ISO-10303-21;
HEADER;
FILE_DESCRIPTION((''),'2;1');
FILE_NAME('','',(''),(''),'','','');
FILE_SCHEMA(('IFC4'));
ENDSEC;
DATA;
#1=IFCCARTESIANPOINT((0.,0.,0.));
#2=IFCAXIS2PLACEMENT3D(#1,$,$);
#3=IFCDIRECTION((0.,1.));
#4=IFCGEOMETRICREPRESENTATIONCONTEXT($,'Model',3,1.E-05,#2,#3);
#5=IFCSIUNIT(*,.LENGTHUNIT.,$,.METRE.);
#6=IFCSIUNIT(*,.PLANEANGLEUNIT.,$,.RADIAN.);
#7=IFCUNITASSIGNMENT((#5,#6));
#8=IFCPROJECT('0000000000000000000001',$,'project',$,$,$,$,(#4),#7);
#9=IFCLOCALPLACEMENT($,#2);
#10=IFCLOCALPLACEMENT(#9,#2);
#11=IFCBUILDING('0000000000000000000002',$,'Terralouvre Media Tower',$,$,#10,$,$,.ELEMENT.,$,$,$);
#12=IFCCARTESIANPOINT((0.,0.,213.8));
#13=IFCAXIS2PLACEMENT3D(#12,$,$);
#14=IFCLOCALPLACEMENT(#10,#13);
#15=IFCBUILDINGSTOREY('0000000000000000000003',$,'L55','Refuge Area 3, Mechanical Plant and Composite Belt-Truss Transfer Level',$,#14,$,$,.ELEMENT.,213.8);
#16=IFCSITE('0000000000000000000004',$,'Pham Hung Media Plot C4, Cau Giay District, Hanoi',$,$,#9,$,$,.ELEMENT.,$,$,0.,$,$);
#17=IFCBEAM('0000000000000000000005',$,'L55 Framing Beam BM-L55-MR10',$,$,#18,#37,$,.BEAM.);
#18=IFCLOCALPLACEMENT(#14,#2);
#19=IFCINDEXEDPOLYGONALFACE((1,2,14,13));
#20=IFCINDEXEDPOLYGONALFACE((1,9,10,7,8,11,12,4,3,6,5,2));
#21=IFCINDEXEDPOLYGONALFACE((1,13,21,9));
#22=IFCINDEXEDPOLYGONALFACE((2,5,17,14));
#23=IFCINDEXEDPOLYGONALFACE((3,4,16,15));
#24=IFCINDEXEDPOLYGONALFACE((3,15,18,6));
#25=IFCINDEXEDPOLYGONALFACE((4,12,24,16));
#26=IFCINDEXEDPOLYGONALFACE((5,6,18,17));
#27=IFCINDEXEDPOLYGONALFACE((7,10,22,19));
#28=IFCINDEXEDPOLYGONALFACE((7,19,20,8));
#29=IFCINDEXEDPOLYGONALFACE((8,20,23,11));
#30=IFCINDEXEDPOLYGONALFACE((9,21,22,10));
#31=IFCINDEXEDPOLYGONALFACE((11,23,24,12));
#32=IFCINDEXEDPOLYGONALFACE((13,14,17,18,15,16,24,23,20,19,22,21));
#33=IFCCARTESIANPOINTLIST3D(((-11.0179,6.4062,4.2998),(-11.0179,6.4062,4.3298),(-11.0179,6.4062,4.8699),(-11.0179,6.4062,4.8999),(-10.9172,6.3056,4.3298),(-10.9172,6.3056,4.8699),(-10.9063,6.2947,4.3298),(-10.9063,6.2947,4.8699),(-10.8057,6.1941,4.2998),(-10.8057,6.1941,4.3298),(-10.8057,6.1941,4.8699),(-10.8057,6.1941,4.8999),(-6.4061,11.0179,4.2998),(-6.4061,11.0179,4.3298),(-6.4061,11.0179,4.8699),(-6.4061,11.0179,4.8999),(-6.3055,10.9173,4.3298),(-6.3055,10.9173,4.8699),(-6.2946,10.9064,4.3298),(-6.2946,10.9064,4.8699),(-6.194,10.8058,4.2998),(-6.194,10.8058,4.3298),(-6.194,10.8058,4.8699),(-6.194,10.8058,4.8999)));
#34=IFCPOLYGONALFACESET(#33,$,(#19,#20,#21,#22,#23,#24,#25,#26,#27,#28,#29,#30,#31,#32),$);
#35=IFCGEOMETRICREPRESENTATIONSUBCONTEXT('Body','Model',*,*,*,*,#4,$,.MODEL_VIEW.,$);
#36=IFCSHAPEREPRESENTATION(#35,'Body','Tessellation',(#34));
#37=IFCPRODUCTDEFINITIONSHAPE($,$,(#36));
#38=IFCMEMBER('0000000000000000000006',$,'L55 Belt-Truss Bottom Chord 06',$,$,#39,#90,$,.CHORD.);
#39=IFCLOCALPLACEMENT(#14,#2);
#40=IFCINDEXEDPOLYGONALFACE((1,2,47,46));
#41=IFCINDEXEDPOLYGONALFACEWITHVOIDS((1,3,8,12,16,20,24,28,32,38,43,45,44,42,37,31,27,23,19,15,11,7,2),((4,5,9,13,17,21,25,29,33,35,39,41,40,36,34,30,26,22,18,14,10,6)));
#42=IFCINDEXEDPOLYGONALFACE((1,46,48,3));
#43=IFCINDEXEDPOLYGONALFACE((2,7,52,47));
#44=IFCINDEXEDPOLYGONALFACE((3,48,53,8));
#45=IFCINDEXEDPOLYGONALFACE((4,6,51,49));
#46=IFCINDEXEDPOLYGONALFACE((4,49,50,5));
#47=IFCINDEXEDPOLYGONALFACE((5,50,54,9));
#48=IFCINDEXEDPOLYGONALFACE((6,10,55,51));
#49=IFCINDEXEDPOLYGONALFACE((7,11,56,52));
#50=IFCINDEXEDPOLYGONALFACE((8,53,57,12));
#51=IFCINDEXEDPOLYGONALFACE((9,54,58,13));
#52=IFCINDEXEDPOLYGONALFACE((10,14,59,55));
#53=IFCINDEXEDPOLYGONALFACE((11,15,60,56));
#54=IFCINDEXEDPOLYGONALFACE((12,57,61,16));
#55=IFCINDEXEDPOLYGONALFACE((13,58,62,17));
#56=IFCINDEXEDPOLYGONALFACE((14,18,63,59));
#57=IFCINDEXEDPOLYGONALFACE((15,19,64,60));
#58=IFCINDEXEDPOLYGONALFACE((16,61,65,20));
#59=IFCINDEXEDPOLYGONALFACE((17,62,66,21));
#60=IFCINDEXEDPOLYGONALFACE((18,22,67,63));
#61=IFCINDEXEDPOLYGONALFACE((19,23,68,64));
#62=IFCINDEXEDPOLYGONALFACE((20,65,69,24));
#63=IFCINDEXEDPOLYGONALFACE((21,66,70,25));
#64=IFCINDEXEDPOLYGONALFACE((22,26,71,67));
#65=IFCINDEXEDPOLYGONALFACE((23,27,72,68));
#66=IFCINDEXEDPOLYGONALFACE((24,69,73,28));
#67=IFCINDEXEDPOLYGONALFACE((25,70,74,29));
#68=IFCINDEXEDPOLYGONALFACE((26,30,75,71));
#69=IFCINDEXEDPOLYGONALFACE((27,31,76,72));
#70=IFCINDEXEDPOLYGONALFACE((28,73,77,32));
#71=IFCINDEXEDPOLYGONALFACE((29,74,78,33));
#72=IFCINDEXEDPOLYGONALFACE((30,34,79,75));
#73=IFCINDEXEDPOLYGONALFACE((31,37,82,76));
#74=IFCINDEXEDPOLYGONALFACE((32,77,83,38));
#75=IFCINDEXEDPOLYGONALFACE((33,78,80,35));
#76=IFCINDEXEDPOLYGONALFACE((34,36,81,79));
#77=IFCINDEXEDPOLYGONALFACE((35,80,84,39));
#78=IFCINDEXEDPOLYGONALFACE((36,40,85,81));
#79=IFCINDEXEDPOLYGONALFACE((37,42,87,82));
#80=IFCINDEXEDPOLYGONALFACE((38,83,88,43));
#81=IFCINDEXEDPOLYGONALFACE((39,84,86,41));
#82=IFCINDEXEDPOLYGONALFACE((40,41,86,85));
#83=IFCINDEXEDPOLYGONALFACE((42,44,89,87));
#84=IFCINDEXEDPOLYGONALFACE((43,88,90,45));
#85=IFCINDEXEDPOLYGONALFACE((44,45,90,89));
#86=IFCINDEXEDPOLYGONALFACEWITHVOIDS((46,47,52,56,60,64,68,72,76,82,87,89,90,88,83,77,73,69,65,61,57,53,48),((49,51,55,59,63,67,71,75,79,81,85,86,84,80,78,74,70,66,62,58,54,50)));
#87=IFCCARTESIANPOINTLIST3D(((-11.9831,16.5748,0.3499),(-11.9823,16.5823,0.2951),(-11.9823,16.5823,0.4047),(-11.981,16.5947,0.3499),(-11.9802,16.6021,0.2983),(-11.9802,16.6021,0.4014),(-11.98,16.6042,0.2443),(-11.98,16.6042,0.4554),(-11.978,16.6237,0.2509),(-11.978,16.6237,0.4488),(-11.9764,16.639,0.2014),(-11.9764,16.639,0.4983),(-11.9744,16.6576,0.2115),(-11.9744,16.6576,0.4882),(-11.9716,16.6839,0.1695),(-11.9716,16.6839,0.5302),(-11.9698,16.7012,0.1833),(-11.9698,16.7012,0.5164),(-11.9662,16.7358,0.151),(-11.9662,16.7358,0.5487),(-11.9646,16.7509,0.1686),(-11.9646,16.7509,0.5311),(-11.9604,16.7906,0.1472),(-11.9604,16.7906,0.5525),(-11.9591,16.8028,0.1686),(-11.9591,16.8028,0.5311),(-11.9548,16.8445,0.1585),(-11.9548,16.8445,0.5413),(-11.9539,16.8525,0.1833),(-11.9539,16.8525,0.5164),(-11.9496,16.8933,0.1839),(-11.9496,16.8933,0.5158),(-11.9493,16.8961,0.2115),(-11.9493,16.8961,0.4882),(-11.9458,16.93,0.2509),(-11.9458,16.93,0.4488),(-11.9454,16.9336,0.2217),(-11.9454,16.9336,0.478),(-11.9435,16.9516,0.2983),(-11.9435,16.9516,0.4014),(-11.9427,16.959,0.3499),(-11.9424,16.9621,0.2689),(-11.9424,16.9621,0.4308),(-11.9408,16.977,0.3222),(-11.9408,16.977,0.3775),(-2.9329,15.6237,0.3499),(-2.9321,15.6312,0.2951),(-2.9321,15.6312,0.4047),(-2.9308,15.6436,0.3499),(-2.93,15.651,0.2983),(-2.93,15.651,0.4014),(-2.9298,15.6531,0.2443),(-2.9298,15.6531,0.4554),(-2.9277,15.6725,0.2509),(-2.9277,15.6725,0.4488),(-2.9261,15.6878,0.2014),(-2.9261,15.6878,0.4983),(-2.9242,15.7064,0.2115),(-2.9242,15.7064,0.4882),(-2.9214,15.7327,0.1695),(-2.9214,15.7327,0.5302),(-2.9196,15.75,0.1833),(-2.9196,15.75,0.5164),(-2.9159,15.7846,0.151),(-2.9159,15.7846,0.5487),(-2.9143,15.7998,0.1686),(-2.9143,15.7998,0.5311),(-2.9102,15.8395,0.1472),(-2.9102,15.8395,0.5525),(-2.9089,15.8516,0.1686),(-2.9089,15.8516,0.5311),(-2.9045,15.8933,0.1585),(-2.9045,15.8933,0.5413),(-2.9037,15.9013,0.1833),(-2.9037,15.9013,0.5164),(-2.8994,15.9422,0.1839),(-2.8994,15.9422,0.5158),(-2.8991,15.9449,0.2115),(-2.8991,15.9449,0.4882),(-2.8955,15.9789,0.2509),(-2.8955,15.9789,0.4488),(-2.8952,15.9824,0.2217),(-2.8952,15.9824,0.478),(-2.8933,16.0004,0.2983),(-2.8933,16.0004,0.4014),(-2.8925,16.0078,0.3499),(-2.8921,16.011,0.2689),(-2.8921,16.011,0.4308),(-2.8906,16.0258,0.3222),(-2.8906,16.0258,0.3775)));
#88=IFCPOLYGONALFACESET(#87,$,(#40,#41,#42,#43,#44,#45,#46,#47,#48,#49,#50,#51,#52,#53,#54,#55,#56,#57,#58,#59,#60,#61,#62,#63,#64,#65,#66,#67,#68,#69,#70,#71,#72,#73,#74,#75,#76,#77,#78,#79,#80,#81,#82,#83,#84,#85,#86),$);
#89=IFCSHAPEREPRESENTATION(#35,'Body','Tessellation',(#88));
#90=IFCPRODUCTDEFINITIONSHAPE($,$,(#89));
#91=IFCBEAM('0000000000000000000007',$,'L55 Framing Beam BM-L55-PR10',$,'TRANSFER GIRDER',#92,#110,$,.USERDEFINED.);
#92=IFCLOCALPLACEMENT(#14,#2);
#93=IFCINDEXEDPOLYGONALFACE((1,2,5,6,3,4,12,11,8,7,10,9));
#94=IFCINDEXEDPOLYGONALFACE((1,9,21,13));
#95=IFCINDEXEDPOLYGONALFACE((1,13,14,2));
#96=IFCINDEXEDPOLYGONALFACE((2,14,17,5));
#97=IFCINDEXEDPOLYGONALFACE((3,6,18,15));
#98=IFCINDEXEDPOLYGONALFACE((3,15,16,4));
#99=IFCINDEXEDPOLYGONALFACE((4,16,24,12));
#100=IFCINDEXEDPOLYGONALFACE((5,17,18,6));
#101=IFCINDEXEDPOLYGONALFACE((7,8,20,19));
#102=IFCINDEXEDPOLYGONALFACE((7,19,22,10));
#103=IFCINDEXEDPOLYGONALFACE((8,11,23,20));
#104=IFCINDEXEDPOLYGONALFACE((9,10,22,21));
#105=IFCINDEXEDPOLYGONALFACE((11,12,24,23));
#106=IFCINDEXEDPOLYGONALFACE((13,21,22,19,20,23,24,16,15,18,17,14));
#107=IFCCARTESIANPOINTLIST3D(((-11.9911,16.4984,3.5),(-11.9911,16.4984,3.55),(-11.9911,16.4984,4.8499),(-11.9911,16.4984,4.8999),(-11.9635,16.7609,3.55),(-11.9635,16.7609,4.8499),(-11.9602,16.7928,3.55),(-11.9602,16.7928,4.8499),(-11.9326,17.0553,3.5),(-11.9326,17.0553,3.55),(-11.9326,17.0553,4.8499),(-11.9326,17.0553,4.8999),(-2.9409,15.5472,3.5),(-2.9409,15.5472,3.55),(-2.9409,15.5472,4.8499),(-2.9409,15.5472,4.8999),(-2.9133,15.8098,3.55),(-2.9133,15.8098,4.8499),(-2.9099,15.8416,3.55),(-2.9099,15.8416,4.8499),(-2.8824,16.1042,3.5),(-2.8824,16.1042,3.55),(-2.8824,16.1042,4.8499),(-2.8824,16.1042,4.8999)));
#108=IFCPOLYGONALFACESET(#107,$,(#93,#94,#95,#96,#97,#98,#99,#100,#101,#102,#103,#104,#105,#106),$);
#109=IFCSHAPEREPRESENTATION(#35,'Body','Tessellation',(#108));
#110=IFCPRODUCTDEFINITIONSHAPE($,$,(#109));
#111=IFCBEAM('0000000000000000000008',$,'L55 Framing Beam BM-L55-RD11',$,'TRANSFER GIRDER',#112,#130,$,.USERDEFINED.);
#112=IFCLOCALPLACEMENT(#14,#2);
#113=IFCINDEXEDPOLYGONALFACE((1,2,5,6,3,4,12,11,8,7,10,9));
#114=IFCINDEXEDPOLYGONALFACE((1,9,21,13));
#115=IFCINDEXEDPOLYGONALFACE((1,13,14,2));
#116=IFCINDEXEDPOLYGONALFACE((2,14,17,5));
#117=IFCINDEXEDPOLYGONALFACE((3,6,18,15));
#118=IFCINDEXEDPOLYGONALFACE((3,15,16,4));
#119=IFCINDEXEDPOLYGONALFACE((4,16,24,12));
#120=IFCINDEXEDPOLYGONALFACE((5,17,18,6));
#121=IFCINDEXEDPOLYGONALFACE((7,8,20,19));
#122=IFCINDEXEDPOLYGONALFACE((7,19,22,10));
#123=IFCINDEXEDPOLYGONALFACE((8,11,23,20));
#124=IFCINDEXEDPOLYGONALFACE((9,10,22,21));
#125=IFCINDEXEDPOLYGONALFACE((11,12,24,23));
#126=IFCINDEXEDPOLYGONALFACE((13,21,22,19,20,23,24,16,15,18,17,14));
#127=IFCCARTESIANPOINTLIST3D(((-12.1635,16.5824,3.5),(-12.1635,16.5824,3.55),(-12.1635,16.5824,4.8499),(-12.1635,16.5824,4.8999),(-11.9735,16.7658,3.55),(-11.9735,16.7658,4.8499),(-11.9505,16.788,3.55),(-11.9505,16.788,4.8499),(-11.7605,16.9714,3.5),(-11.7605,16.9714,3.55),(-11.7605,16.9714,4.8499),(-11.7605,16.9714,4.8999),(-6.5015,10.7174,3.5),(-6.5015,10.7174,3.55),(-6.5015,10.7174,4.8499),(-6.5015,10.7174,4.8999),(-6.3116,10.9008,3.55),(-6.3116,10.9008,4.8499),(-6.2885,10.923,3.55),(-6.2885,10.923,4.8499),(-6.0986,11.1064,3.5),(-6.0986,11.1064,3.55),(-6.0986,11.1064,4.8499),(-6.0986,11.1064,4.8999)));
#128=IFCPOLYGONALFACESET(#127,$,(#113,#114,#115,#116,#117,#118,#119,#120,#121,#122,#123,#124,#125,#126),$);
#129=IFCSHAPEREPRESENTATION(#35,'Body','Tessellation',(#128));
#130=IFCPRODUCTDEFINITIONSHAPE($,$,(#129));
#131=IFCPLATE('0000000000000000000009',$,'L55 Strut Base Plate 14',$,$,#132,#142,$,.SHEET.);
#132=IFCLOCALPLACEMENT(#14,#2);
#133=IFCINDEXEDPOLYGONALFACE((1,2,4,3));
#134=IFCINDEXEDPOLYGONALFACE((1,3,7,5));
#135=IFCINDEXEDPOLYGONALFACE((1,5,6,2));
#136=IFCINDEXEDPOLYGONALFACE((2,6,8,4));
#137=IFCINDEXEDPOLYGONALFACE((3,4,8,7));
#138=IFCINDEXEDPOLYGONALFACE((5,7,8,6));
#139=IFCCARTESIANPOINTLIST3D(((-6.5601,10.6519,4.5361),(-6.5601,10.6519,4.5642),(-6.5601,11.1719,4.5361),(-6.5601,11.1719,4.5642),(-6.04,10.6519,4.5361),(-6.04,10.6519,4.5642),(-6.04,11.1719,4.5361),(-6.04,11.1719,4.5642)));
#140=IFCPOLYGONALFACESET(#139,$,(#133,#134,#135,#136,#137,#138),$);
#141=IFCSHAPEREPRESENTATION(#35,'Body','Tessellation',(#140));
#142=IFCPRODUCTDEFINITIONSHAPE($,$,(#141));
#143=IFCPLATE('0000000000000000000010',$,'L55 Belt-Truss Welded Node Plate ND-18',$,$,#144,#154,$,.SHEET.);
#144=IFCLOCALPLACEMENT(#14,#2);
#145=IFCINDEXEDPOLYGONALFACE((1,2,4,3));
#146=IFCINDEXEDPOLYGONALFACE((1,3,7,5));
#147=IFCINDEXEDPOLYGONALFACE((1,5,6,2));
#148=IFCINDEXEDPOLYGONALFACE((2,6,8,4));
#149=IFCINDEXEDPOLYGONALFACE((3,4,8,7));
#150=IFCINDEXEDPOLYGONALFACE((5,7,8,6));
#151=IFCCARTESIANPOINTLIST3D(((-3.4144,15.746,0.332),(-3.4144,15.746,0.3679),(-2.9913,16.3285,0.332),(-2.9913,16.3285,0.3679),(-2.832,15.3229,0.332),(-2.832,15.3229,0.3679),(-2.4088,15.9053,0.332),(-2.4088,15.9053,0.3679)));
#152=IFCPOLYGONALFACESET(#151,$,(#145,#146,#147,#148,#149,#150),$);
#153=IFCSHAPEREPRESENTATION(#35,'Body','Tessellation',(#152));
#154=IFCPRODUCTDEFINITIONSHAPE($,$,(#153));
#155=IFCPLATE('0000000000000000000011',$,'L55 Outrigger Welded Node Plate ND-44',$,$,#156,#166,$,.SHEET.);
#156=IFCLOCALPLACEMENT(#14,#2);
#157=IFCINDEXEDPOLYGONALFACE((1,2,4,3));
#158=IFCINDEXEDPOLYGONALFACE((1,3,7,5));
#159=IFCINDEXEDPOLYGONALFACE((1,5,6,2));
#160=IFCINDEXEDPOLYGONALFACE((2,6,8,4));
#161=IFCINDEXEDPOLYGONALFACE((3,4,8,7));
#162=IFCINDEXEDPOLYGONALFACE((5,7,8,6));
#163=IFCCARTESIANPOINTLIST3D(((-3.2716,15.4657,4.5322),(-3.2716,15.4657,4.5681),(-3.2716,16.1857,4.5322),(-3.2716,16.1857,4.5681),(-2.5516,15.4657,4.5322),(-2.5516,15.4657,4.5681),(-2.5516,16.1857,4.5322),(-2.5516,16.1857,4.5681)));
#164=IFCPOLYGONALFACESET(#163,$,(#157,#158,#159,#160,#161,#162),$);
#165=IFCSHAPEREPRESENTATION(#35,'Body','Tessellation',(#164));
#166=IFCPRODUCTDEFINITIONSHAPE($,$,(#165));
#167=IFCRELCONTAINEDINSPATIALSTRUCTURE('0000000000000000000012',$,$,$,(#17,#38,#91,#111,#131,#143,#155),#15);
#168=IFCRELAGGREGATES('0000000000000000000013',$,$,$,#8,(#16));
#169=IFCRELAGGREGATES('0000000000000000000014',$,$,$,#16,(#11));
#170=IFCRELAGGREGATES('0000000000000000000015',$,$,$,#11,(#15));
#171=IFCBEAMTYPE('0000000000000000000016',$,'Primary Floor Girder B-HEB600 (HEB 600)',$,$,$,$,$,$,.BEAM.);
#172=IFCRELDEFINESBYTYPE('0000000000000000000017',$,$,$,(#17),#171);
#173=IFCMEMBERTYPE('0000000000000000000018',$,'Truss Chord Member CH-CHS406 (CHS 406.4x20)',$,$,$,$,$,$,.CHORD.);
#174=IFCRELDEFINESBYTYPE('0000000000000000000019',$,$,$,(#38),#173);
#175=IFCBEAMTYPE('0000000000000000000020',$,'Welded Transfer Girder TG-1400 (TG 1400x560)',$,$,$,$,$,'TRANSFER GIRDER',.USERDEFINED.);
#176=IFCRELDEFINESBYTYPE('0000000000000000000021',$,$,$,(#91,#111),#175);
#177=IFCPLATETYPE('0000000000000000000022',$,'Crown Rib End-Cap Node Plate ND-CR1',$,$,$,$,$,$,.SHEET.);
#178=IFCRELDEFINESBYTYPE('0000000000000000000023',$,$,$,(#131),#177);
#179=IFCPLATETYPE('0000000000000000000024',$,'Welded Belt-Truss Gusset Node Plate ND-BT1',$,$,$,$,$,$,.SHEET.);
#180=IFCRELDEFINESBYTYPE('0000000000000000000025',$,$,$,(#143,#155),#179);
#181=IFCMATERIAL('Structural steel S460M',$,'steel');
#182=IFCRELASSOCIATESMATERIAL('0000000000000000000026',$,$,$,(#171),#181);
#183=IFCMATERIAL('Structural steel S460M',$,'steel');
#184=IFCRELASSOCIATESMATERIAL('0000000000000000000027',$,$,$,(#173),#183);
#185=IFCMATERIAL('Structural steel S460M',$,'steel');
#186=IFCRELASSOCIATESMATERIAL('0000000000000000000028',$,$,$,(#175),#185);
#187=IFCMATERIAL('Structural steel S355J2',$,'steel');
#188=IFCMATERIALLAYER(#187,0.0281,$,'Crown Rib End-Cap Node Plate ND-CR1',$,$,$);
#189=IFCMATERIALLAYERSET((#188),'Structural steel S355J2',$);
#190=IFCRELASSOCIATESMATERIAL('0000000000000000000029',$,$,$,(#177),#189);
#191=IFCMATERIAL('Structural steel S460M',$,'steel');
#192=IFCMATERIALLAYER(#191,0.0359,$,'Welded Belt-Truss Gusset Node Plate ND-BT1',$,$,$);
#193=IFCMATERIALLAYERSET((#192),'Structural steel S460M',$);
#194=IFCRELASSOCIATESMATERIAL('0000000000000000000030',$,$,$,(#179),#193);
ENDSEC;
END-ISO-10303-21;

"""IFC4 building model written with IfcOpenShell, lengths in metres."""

from ifc_helpers import new_model, si_unit, direction, frame, origin, origin_2d, place, context, subcontext, project, spatial, rectangle, hollow_circle, i_section, extrude, material, layer, layer_set, material_profile, profile_set, type_object, element, save


model = new_model("IFC4")

# Units and contexts
model_context = context("Model", 3, precision=1e-05, world=origin(), true_north=direction((0.0, 1.0)))
body_context = subcontext(model_context, "Body", "Model", "MODEL_VIEW")
ifc_project = project(units=[si_unit("LENGTHUNIT", "METRE"), si_unit("PLANEANGLEUNIT", "RADIAN")], contexts=[model_context])

# Site, building, storey
site_placement = place(None, origin())
site = spatial("IfcSite", under=ifc_project, at=site_placement, Name="Pham Hung Media Plot C4, Cau Giay District, Hanoi", CompositionType="ELEMENT", RefElevation=0.0)
building_placement = place(site_placement, origin())
building = spatial("IfcBuilding", under=site, at=building_placement, Name="Terralouvre Media Tower", CompositionType="ELEMENT")
storey_placement = place(building_placement, frame((0.0, 0.0, 213.8)))
storey = spatial("IfcBuildingStorey", under=building, at=storey_placement, Name="L55", Description="Refuge Area 3, Mechanical Plant and Composite Belt-Truss Transfer Level", CompositionType="ELEMENT", Elevation=213.8)

# Beam
ifc_material_1 = material(Name="Structural steel S460M", Category="steel")
ifc_material_profile_1 = material_profile(ifc_material_1, i_section(OverallWidth=0.3, OverallDepth=0.6001, WebThickness=0.0154, FlangeThickness=0.03, at=origin_2d()), Name="HEB 600")
ifc_profile_set_1 = profile_set([ifc_material_profile_1], Name="Structural steel S460M")
beam_type_1 = type_object("IfcBeamType", Name="Primary Floor Girder B-HEB600 (HEB 600)", PredefinedType="BEAM", material=ifc_profile_set_1)
beam_1_placement = place(storey_placement, frame((-6.3, 10.9119, 4.5999), z_axis=(-0.707107, -0.707107, 0.0), x_axis=(0.707107, -0.707107, 0.0)))
element("IfcBeam", 1, at=beam_1_placement, inside=storey, type_object=beam_type_1, Name="L55 Framing Beam BM-L55-MR10", PredefinedType="BEAM", context=body_context, shape_type="SweptSolid", body=[
    extrude(i_section(OverallWidth=0.3, OverallDepth=0.6001, WebThickness=0.0154, FlangeThickness=0.03, at=origin_2d()), origin(), (0.0, 0.0, 1.0), 6.522),
])

# Member
ifc_material_2 = material(Name="Structural steel S460M", Category="steel")
ifc_material_profile_2 = material_profile(ifc_material_2, hollow_circle(Radius=0.2031, WallThickness=0.02, at=origin_2d()), Name="CHS 406.4x20")
ifc_profile_set_2 = profile_set([ifc_material_profile_2], Name="Structural steel S460M")
member_type_1 = type_object("IfcMemberType", Name="Truss Chord Member CH-CHS406 (CHS 406.4x20)", PredefinedType="CHORD", material=ifc_profile_set_2)
member_1_placement = place(storey_placement, frame((-2.9116, 15.8257, 0.3499), z_axis=(-0.994522, 0.104523, 0.0), x_axis=(-0.104523, -0.994522, 0.0)))
element("IfcMember", 2, at=member_1_placement, inside=storey, type_object=member_type_1, Name="L55 Belt-Truss Bottom Chord 06", PredefinedType="CHORD", context=body_context, shape_type="SweptSolid", body=[
    extrude(hollow_circle(Radius=0.2031, WallThickness=0.02, at=origin_2d()), origin(), (0.0, 0.0, 1.0), 9.1001),
])

# Beams
ifc_material_3 = material(Name="Structural steel S460M", Category="steel")
ifc_material_profile_3 = material_profile(ifc_material_3, i_section(OverallWidth=0.5601, OverallDepth=1.3999, WebThickness=0.032, FlangeThickness=0.05, at=origin_2d()), Name="TG 1400x560")
ifc_profile_set_3 = profile_set([ifc_material_profile_3], Name="Structural steel S460M")
beam_type_2 = type_object("IfcBeamType", Name="Welded Transfer Girder TG-1400 (TG 1400x560)", ElementType="TRANSFER GIRDER", PredefinedType="USERDEFINED", material=ifc_profile_set_3)
beam_2_placement = place(storey_placement, frame((-2.9116, 15.8257, 4.2), z_axis=(-0.994522, 0.104523, 0.0), x_axis=(-0.104523, -0.994522, 0.0)))
element("IfcBeam", 3, at=beam_2_placement, inside=storey, type_object=beam_type_2, Name="L55 Framing Beam BM-L55-PR10", ObjectType="TRANSFER GIRDER", PredefinedType="USERDEFINED", context=body_context, shape_type="SweptSolid", body=[
    extrude(i_section(OverallWidth=0.5601, OverallDepth=1.3999, WebThickness=0.032, FlangeThickness=0.05, at=origin_2d()), origin(), (0.0, 0.0, 1.0), 9.1001),
])
beam_3_placement = place(storey_placement, frame((-6.3, 10.9119, 4.2), z_axis=(-0.694538, 0.719456, 0.0), x_axis=(-0.719456, -0.694538, 0.0)))
element("IfcBeam", 4, at=beam_3_placement, inside=storey, type_object=beam_type_2, Name="L55 Framing Beam BM-L55-RD11", ObjectType="TRANSFER GIRDER", PredefinedType="USERDEFINED", context=body_context, shape_type="SweptSolid", body=[
    extrude(i_section(OverallWidth=0.5601, OverallDepth=1.3999, WebThickness=0.032, FlangeThickness=0.05, at=origin_2d()), origin(), (0.0, 0.0, 1.0), 8.1521),
])

# Plates
ifc_material_4 = material(Name="Structural steel S355J2", Category="steel")
ifc_layer_1 = layer(ifc_material_4, 0.0281, Name="Crown Rib End-Cap Node Plate ND-CR1")
ifc_layer_set_1 = layer_set([ifc_layer_1], Name="Structural steel S355J2")
plate_type_1 = type_object("IfcPlateType", Name="Crown Rib End-Cap Node Plate ND-CR1", PredefinedType="SHEET", material=ifc_layer_set_1)
plate_placement = place(storey_placement, frame((-6.3, 10.9119, 4.5361), z_axis=(0.0, 0.0, 1.0), x_axis=(1.0, 0.0, 0.0)))
element("IfcPlate", 5, at=plate_placement, inside=storey, type_object=plate_type_1, Name="L55 Strut Base Plate 14", PredefinedType="SHEET", context=body_context, shape_type="SweptSolid", body=[
    extrude(rectangle(XDim=0.52, YDim=0.52, at=origin_2d()), origin(), (0.0, 0.0, 1.0), 0.0281),
])
ifc_material_5 = material(Name="Structural steel S460M", Category="steel")
ifc_layer_2 = layer(ifc_material_5, 0.0359, Name="Welded Belt-Truss Gusset Node Plate ND-BT1")
ifc_layer_set_2 = layer_set([ifc_layer_2], Name="Structural steel S460M")
plate_type_2 = type_object("IfcPlateType", Name="Welded Belt-Truss Gusset Node Plate ND-BT1", PredefinedType="SHEET", material=ifc_layer_set_2)
for number, where, z_axis, x_axis, name in (
    (6, (-2.9116, 15.8257, 0.332), (0.0, 0.0, 1.0), (0.587785, 0.809017, 0.0), "L55 Belt-Truss Welded Node Plate ND-18"),
    (7, (-2.9116, 15.8257, 4.5322), (0.0, 0.0, 1.0), (1.0, 0.0, 0.0), "L55 Outrigger Welded Node Plate ND-44"),
):
    element("IfcPlate", number, at=place(storey_placement, frame(where, z_axis=z_axis, x_axis=x_axis)), inside=storey, type_object=plate_type_2, Name=name, PredefinedType="SHEET", context=body_context, shape_type="SweptSolid", body=[
        extrude(rectangle(XDim=0.72, YDim=0.72, at=origin_2d()), origin(), (0.0, 0.0, 1.0), 0.0359),
    ])

save(model, "model.ifc")
